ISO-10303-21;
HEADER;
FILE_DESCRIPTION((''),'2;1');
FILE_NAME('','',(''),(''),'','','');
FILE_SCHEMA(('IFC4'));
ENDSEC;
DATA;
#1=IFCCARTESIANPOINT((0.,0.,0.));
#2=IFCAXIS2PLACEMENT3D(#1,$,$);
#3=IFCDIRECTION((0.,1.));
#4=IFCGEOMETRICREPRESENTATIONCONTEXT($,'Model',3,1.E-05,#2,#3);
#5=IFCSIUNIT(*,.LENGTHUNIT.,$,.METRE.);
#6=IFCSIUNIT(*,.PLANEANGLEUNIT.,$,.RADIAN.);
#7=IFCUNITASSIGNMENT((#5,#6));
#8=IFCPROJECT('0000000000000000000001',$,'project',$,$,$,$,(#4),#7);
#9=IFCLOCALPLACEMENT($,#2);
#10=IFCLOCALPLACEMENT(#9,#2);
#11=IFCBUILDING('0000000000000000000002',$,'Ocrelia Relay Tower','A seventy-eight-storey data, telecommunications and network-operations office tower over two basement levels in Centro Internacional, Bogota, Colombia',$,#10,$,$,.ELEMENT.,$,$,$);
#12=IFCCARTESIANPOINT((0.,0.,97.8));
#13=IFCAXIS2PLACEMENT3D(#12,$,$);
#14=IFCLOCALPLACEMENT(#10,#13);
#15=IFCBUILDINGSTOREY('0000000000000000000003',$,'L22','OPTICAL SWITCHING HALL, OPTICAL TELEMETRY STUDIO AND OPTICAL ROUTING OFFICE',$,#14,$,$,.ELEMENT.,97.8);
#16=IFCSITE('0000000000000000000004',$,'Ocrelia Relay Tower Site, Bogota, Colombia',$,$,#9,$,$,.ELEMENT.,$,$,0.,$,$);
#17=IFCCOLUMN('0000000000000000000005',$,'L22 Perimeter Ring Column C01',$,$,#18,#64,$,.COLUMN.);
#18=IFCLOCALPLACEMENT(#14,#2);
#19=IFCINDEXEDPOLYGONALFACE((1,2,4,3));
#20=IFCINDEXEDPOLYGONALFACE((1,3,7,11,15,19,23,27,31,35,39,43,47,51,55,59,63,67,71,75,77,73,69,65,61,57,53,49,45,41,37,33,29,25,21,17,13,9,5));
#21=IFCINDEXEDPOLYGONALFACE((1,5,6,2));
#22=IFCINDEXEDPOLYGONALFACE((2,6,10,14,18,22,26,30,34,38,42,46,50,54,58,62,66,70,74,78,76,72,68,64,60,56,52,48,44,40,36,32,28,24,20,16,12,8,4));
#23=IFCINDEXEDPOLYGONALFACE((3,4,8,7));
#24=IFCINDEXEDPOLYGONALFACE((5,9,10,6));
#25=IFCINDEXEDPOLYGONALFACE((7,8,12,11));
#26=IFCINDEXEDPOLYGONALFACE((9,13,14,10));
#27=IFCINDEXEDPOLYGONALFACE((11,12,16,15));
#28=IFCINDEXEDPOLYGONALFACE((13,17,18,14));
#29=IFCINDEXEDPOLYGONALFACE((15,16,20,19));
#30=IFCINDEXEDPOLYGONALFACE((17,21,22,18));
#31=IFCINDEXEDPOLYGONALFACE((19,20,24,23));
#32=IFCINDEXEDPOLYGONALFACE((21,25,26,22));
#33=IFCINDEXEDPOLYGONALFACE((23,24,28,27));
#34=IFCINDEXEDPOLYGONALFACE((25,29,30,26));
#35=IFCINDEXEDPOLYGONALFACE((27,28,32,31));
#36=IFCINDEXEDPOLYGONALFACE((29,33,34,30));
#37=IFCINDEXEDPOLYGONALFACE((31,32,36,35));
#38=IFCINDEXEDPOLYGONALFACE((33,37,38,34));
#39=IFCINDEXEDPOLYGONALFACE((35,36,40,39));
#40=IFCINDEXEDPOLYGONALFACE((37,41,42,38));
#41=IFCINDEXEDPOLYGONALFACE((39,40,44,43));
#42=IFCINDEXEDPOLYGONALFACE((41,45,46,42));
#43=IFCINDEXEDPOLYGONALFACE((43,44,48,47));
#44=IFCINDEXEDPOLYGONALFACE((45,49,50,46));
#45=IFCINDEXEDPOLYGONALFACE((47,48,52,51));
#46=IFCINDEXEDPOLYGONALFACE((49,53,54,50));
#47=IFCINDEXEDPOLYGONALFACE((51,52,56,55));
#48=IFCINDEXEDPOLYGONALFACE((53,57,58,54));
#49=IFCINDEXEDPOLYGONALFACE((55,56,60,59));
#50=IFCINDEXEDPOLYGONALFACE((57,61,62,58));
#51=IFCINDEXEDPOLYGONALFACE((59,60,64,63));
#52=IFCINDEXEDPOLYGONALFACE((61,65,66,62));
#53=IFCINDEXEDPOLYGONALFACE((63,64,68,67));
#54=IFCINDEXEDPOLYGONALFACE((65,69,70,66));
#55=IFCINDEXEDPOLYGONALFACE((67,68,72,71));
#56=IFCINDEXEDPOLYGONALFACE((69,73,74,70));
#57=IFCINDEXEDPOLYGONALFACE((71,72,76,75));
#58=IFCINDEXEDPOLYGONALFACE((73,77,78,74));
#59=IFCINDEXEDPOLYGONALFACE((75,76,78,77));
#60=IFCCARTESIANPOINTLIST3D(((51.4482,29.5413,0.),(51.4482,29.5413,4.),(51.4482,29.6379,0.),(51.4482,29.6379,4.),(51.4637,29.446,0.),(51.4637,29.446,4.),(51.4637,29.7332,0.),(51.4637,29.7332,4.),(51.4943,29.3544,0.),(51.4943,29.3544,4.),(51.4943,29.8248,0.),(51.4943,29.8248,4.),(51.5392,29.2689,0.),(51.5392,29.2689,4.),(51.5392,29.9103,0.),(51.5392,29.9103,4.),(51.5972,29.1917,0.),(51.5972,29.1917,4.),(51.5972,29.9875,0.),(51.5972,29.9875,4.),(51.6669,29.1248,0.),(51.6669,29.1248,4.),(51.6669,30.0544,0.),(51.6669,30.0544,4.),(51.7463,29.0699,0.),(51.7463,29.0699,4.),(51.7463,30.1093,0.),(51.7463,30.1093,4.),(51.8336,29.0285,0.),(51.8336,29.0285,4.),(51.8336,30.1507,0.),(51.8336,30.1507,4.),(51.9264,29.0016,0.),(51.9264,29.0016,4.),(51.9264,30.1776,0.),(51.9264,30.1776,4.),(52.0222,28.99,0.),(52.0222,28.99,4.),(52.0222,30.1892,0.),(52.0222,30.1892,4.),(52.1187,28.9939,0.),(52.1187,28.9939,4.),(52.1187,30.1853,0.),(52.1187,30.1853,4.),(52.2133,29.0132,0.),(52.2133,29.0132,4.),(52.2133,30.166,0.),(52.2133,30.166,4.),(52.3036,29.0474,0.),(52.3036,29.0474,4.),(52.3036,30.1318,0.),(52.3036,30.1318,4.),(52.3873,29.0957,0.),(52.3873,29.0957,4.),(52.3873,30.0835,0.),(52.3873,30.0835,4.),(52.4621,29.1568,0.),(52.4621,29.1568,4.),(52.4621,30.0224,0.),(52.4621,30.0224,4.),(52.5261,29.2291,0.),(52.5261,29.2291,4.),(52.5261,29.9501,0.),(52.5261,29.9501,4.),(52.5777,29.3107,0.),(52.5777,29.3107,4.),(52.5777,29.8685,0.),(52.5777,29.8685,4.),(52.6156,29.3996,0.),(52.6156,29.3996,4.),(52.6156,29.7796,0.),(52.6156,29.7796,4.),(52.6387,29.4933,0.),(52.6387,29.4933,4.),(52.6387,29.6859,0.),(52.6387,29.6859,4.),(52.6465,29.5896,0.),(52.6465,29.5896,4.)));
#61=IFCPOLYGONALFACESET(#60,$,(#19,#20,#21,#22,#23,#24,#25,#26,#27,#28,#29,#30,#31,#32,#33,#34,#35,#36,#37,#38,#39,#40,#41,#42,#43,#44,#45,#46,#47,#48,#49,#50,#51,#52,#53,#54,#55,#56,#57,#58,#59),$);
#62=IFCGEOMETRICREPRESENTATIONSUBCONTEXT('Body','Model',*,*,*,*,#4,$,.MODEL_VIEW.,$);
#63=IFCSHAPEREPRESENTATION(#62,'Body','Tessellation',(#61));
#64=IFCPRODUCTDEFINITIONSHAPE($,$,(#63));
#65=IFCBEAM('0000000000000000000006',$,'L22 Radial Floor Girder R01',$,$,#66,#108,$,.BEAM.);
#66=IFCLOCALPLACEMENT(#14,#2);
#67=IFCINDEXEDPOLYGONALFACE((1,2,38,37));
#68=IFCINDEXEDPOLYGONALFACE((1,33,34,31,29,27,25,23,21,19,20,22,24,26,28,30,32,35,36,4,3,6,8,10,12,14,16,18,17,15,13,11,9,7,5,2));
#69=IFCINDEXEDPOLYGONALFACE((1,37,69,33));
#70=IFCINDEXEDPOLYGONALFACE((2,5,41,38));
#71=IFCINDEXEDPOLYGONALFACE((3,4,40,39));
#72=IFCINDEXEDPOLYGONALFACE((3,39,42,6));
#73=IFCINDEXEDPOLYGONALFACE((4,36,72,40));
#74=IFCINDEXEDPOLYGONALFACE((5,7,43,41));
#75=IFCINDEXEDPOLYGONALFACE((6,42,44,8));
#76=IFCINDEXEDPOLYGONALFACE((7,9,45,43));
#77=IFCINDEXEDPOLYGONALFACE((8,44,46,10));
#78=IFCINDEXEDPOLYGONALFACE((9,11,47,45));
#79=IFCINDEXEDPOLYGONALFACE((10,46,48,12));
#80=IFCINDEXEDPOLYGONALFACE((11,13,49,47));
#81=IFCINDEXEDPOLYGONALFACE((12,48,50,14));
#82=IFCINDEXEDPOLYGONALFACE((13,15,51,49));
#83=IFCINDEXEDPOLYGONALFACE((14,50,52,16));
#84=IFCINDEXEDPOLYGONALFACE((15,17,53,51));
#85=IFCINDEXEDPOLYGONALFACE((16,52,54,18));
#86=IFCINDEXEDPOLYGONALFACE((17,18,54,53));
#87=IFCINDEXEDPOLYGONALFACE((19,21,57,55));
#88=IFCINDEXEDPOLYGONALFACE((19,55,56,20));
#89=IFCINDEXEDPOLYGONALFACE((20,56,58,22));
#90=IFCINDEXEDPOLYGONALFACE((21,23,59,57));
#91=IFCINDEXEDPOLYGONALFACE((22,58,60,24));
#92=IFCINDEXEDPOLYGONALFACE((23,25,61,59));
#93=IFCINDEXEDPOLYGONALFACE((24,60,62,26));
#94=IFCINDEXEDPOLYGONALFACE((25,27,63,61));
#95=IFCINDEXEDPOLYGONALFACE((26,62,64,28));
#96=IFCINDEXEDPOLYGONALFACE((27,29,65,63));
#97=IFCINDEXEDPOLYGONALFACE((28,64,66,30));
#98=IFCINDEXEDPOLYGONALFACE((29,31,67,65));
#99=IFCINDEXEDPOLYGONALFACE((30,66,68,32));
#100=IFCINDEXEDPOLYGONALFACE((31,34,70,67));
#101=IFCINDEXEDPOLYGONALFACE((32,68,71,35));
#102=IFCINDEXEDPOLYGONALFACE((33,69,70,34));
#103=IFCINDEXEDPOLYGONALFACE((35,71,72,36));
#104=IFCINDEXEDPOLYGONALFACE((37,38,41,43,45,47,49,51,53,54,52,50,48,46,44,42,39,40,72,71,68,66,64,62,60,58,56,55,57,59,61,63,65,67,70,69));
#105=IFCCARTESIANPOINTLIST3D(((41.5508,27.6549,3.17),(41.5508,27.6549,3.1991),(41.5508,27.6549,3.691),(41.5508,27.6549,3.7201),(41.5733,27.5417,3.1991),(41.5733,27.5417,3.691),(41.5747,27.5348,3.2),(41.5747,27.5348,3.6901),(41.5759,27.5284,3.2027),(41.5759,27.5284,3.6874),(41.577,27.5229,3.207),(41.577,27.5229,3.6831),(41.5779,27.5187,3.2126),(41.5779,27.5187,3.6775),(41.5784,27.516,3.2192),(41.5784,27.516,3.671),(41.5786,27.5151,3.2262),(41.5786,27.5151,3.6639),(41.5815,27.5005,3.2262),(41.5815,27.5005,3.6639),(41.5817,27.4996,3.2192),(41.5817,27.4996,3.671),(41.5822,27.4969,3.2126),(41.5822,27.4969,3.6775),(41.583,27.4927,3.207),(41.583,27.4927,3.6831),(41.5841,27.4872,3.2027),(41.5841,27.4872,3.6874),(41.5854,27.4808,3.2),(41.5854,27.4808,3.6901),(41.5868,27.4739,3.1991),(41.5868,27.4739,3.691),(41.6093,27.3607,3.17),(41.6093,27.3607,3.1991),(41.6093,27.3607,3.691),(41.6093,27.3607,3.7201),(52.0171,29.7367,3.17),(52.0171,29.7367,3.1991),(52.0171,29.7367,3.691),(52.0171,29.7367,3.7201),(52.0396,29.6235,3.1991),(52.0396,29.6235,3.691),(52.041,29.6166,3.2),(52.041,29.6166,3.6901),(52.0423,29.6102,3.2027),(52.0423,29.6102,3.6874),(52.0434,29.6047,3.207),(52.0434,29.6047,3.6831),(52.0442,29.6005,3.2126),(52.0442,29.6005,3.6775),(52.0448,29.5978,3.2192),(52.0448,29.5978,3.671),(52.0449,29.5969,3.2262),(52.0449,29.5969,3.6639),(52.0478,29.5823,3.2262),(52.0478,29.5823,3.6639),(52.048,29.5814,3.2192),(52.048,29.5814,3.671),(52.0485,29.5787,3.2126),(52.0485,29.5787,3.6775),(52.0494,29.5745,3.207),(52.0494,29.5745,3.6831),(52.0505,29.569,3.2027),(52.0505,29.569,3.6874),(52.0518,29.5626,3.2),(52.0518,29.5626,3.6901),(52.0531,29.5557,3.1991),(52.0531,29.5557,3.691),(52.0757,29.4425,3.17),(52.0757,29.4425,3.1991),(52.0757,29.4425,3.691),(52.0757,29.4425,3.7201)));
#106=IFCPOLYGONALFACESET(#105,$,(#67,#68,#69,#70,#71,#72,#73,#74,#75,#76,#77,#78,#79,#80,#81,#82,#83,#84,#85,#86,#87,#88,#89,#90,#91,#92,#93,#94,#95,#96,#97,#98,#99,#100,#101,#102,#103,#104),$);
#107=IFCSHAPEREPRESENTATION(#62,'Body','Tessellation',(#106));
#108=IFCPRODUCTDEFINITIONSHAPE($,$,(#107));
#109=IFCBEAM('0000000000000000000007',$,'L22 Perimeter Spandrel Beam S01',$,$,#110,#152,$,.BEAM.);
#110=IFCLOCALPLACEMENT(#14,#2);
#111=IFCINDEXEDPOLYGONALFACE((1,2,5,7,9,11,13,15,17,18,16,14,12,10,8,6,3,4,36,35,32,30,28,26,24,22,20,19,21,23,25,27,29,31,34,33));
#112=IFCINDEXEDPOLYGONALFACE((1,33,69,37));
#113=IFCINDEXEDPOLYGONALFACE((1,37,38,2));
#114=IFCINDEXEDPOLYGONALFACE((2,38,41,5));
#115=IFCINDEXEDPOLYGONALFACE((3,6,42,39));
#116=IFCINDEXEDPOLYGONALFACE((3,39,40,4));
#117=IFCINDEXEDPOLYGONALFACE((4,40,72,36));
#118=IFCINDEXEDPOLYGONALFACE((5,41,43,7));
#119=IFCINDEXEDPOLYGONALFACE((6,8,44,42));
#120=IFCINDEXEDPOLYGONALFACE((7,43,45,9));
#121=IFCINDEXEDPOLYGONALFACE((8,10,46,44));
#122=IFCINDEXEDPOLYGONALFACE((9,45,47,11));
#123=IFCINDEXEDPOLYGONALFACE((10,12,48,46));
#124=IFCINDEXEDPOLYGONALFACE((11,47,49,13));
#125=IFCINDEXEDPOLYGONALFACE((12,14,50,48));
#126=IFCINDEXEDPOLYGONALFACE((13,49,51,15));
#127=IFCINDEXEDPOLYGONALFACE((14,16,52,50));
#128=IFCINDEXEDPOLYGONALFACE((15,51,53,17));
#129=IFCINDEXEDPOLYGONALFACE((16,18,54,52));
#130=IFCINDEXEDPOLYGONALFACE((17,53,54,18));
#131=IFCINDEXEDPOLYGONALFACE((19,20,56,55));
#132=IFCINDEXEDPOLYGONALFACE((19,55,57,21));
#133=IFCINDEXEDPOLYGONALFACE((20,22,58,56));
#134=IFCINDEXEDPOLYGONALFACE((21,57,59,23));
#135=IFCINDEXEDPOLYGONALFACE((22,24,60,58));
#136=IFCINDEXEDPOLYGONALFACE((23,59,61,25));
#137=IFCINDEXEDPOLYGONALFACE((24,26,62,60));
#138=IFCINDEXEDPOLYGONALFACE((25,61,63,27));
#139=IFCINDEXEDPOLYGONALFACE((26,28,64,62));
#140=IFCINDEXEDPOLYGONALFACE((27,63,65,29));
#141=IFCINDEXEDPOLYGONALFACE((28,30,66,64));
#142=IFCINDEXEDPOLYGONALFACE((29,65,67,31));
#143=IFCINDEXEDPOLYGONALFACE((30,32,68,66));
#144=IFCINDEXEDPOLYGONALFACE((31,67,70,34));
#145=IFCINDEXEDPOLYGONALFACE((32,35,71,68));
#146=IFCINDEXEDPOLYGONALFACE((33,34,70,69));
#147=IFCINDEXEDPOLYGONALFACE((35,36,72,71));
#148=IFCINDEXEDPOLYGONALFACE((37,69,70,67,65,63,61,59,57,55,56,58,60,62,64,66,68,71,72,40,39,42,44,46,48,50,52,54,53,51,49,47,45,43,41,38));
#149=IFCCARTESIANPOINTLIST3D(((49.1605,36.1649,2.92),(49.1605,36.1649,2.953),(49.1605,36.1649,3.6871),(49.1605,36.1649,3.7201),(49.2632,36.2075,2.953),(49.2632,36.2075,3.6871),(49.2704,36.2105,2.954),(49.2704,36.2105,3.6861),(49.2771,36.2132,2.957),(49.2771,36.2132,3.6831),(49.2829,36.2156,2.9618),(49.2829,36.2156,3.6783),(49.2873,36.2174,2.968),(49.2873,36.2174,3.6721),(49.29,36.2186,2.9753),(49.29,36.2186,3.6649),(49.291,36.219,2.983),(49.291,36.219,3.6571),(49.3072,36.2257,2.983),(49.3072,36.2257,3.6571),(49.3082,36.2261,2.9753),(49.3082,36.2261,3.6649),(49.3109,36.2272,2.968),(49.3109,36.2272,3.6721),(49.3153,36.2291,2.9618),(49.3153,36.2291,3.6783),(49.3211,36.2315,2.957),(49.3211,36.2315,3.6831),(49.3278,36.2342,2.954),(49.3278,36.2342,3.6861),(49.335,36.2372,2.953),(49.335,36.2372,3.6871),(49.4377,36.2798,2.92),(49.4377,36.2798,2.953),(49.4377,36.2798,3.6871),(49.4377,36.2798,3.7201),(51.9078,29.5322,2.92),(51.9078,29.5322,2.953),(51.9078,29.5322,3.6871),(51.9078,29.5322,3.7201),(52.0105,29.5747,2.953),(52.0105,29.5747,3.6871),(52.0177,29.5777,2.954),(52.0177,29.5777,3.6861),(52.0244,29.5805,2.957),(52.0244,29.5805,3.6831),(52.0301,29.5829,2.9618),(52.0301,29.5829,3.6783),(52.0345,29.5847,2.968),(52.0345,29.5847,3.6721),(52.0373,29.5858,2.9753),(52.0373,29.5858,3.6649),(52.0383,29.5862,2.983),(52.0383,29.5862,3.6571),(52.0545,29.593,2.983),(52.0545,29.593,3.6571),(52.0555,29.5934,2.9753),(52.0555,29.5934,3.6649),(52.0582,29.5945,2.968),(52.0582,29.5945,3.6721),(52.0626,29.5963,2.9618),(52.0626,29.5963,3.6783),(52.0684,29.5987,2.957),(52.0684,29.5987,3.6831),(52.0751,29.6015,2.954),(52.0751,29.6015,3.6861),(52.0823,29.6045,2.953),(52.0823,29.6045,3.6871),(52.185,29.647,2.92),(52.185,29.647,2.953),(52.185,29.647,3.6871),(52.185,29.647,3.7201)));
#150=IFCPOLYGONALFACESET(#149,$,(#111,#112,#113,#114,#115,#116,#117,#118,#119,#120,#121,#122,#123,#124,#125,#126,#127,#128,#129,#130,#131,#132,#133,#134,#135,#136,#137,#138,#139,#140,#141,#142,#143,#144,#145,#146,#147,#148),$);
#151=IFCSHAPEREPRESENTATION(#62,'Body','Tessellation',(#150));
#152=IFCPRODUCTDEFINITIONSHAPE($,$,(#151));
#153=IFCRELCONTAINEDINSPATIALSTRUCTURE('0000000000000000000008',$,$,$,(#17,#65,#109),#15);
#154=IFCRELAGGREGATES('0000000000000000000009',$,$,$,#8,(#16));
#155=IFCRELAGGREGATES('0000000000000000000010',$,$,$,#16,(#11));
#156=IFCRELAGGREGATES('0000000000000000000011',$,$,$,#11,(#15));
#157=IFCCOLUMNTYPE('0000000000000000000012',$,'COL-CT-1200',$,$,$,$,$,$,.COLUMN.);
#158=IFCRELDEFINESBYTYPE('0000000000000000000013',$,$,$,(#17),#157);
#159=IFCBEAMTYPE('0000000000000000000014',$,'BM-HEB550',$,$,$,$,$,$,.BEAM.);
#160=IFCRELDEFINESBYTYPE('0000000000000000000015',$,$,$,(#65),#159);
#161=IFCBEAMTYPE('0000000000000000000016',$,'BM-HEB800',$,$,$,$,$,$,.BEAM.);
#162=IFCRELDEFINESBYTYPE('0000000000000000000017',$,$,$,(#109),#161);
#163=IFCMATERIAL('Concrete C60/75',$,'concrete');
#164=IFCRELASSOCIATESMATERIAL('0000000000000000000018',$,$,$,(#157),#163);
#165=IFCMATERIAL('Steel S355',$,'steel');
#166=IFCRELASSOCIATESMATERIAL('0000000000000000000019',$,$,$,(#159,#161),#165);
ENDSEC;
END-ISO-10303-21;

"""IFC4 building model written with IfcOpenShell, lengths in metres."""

from ifc_helpers import new_model, si_unit, direction, frame, origin, origin_2d, place, context, subcontext, project, spatial, circle, i_section, extrude, material, material_profile, profile_set, type_object, element, save


model = new_model("IFC4")

# Units and contexts
model_context = context("Model", 3, precision=1e-05, world=origin(), true_north=direction((0.0, 1.0)))
body_context = subcontext(model_context, "Body", "Model", "MODEL_VIEW")
ifc_project = project(units=[si_unit("LENGTHUNIT", "METRE"), si_unit("PLANEANGLEUNIT", "RADIAN")], contexts=[model_context])

# Site, building, storey
site_placement = place(None, origin())
site = spatial("IfcSite", under=ifc_project, at=site_placement, Name="Ocrelia Relay Tower Site, Bogota, Colombia", CompositionType="ELEMENT", RefElevation=0.0)
building_placement = place(site_placement, origin())
building = spatial("IfcBuilding", under=site, at=building_placement, Name="Ocrelia Relay Tower", Description="A seventy-eight-storey data, telecommunications and network-operations office tower over two basement levels in Centro Internacional, Bogota, Colombia", CompositionType="ELEMENT")
storey_placement = place(building_placement, frame((0.0, 0.0, 97.8)))
storey = spatial("IfcBuildingStorey", under=building, at=storey_placement, Name="L22", Description="OPTICAL SWITCHING HALL, OPTICAL TELEMETRY STUDIO AND OPTICAL ROUTING OFFICE", CompositionType="ELEMENT", Elevation=97.8)

# Column
ifc_material_1 = material(Name="Concrete C60/75", Category="concrete")
ifc_material_profile_1 = material_profile(ifc_material_1, circle(Radius=0.6001, at=origin_2d()), Name="RC-CIR-1200")
ifc_profile_set_1 = profile_set([ifc_material_profile_1], Name="Concrete C60/75")
column_type = type_object("IfcColumnType", Name="COL-CT-1200", PredefinedType="COLUMN", material=ifc_profile_set_1)
column_placement = place(storey_placement, frame((52.0464, 29.5896, 0.0), z_axis=(0.0, 0.0, 1.0), x_axis=(1.0, 0.0, 0.0)))
element("IfcColumn", 1, at=column_placement, inside=storey, type_object=column_type, Name="L22 Perimeter Ring Column C01", PredefinedType="COLUMN", context=body_context, shape_type="SweptSolid", body=[
    extrude(circle(Radius=0.6001, at=origin_2d()), origin(), (0.0, 0.0, 1.0), 4.0),
])

# Beams
ifc_material_2 = material(Name="Steel S355", Category="steel")
ifc_material_profile_2 = material_profile(ifc_material_2, i_section(OverallWidth=0.3, OverallDepth=0.55, WebThickness=0.0149, FlangeThickness=0.0291, FilletRadius=0.0271, at=origin_2d()), Name="HEB 550")
ifc_profile_set_2 = profile_set([ifc_material_profile_2], Name="Steel S355")
beam_type_1 = type_object("IfcBeamType", Name="BM-HEB550", PredefinedType="BEAM", material=ifc_profile_set_2)
beam_1_placement = place(storey_placement, frame((52.0464, 29.5896, 3.4451), z_axis=(-0.980787, -0.195082, 0.0), x_axis=(0.195082, -0.980787, 0.0)))
element("IfcBeam", 2, at=beam_1_placement, inside=storey, type_object=beam_type_1, Name="L22 Radial Floor Girder R01", PredefinedType="BEAM", context=body_context, shape_type="SweptSolid", body=[
    extrude(i_section(OverallWidth=0.3, OverallDepth=0.55, WebThickness=0.0149, FlangeThickness=0.0291, FilletRadius=0.0271, at=origin_2d()), origin(), (0.0, 0.0, 1.0), 10.6714),
])
ifc_material_profile_3 = material_profile(ifc_material_2, i_section(OverallWidth=0.3, OverallDepth=0.8, WebThickness=0.0176, FlangeThickness=0.033, FilletRadius=0.03, at=origin_2d()), Name="HEB 800")
ifc_profile_set_3 = profile_set([ifc_material_profile_3], Name="Steel S355")
beam_type_2 = type_object("IfcBeamType", Name="BM-HEB800", PredefinedType="BEAM", material=ifc_profile_set_3)
beam_2_placement = place(storey_placement, frame((52.0464, 29.5896, 3.3201), z_axis=(-0.382673, 0.923884, 0.0), x_axis=(-0.923884, -0.382673, 0.0)))
element("IfcBeam", 3, at=beam_2_placement, inside=storey, type_object=beam_type_2, Name="L22 Perimeter Spandrel Beam S01", PredefinedType="BEAM", context=body_context, shape_type="SweptSolid", body=[
    extrude(i_section(OverallWidth=0.3, OverallDepth=0.8, WebThickness=0.0176, FlangeThickness=0.033, FilletRadius=0.03, at=origin_2d()), origin(), (0.0, 0.0, 1.0), 7.1792),
])

save(model, "model.ifc")
